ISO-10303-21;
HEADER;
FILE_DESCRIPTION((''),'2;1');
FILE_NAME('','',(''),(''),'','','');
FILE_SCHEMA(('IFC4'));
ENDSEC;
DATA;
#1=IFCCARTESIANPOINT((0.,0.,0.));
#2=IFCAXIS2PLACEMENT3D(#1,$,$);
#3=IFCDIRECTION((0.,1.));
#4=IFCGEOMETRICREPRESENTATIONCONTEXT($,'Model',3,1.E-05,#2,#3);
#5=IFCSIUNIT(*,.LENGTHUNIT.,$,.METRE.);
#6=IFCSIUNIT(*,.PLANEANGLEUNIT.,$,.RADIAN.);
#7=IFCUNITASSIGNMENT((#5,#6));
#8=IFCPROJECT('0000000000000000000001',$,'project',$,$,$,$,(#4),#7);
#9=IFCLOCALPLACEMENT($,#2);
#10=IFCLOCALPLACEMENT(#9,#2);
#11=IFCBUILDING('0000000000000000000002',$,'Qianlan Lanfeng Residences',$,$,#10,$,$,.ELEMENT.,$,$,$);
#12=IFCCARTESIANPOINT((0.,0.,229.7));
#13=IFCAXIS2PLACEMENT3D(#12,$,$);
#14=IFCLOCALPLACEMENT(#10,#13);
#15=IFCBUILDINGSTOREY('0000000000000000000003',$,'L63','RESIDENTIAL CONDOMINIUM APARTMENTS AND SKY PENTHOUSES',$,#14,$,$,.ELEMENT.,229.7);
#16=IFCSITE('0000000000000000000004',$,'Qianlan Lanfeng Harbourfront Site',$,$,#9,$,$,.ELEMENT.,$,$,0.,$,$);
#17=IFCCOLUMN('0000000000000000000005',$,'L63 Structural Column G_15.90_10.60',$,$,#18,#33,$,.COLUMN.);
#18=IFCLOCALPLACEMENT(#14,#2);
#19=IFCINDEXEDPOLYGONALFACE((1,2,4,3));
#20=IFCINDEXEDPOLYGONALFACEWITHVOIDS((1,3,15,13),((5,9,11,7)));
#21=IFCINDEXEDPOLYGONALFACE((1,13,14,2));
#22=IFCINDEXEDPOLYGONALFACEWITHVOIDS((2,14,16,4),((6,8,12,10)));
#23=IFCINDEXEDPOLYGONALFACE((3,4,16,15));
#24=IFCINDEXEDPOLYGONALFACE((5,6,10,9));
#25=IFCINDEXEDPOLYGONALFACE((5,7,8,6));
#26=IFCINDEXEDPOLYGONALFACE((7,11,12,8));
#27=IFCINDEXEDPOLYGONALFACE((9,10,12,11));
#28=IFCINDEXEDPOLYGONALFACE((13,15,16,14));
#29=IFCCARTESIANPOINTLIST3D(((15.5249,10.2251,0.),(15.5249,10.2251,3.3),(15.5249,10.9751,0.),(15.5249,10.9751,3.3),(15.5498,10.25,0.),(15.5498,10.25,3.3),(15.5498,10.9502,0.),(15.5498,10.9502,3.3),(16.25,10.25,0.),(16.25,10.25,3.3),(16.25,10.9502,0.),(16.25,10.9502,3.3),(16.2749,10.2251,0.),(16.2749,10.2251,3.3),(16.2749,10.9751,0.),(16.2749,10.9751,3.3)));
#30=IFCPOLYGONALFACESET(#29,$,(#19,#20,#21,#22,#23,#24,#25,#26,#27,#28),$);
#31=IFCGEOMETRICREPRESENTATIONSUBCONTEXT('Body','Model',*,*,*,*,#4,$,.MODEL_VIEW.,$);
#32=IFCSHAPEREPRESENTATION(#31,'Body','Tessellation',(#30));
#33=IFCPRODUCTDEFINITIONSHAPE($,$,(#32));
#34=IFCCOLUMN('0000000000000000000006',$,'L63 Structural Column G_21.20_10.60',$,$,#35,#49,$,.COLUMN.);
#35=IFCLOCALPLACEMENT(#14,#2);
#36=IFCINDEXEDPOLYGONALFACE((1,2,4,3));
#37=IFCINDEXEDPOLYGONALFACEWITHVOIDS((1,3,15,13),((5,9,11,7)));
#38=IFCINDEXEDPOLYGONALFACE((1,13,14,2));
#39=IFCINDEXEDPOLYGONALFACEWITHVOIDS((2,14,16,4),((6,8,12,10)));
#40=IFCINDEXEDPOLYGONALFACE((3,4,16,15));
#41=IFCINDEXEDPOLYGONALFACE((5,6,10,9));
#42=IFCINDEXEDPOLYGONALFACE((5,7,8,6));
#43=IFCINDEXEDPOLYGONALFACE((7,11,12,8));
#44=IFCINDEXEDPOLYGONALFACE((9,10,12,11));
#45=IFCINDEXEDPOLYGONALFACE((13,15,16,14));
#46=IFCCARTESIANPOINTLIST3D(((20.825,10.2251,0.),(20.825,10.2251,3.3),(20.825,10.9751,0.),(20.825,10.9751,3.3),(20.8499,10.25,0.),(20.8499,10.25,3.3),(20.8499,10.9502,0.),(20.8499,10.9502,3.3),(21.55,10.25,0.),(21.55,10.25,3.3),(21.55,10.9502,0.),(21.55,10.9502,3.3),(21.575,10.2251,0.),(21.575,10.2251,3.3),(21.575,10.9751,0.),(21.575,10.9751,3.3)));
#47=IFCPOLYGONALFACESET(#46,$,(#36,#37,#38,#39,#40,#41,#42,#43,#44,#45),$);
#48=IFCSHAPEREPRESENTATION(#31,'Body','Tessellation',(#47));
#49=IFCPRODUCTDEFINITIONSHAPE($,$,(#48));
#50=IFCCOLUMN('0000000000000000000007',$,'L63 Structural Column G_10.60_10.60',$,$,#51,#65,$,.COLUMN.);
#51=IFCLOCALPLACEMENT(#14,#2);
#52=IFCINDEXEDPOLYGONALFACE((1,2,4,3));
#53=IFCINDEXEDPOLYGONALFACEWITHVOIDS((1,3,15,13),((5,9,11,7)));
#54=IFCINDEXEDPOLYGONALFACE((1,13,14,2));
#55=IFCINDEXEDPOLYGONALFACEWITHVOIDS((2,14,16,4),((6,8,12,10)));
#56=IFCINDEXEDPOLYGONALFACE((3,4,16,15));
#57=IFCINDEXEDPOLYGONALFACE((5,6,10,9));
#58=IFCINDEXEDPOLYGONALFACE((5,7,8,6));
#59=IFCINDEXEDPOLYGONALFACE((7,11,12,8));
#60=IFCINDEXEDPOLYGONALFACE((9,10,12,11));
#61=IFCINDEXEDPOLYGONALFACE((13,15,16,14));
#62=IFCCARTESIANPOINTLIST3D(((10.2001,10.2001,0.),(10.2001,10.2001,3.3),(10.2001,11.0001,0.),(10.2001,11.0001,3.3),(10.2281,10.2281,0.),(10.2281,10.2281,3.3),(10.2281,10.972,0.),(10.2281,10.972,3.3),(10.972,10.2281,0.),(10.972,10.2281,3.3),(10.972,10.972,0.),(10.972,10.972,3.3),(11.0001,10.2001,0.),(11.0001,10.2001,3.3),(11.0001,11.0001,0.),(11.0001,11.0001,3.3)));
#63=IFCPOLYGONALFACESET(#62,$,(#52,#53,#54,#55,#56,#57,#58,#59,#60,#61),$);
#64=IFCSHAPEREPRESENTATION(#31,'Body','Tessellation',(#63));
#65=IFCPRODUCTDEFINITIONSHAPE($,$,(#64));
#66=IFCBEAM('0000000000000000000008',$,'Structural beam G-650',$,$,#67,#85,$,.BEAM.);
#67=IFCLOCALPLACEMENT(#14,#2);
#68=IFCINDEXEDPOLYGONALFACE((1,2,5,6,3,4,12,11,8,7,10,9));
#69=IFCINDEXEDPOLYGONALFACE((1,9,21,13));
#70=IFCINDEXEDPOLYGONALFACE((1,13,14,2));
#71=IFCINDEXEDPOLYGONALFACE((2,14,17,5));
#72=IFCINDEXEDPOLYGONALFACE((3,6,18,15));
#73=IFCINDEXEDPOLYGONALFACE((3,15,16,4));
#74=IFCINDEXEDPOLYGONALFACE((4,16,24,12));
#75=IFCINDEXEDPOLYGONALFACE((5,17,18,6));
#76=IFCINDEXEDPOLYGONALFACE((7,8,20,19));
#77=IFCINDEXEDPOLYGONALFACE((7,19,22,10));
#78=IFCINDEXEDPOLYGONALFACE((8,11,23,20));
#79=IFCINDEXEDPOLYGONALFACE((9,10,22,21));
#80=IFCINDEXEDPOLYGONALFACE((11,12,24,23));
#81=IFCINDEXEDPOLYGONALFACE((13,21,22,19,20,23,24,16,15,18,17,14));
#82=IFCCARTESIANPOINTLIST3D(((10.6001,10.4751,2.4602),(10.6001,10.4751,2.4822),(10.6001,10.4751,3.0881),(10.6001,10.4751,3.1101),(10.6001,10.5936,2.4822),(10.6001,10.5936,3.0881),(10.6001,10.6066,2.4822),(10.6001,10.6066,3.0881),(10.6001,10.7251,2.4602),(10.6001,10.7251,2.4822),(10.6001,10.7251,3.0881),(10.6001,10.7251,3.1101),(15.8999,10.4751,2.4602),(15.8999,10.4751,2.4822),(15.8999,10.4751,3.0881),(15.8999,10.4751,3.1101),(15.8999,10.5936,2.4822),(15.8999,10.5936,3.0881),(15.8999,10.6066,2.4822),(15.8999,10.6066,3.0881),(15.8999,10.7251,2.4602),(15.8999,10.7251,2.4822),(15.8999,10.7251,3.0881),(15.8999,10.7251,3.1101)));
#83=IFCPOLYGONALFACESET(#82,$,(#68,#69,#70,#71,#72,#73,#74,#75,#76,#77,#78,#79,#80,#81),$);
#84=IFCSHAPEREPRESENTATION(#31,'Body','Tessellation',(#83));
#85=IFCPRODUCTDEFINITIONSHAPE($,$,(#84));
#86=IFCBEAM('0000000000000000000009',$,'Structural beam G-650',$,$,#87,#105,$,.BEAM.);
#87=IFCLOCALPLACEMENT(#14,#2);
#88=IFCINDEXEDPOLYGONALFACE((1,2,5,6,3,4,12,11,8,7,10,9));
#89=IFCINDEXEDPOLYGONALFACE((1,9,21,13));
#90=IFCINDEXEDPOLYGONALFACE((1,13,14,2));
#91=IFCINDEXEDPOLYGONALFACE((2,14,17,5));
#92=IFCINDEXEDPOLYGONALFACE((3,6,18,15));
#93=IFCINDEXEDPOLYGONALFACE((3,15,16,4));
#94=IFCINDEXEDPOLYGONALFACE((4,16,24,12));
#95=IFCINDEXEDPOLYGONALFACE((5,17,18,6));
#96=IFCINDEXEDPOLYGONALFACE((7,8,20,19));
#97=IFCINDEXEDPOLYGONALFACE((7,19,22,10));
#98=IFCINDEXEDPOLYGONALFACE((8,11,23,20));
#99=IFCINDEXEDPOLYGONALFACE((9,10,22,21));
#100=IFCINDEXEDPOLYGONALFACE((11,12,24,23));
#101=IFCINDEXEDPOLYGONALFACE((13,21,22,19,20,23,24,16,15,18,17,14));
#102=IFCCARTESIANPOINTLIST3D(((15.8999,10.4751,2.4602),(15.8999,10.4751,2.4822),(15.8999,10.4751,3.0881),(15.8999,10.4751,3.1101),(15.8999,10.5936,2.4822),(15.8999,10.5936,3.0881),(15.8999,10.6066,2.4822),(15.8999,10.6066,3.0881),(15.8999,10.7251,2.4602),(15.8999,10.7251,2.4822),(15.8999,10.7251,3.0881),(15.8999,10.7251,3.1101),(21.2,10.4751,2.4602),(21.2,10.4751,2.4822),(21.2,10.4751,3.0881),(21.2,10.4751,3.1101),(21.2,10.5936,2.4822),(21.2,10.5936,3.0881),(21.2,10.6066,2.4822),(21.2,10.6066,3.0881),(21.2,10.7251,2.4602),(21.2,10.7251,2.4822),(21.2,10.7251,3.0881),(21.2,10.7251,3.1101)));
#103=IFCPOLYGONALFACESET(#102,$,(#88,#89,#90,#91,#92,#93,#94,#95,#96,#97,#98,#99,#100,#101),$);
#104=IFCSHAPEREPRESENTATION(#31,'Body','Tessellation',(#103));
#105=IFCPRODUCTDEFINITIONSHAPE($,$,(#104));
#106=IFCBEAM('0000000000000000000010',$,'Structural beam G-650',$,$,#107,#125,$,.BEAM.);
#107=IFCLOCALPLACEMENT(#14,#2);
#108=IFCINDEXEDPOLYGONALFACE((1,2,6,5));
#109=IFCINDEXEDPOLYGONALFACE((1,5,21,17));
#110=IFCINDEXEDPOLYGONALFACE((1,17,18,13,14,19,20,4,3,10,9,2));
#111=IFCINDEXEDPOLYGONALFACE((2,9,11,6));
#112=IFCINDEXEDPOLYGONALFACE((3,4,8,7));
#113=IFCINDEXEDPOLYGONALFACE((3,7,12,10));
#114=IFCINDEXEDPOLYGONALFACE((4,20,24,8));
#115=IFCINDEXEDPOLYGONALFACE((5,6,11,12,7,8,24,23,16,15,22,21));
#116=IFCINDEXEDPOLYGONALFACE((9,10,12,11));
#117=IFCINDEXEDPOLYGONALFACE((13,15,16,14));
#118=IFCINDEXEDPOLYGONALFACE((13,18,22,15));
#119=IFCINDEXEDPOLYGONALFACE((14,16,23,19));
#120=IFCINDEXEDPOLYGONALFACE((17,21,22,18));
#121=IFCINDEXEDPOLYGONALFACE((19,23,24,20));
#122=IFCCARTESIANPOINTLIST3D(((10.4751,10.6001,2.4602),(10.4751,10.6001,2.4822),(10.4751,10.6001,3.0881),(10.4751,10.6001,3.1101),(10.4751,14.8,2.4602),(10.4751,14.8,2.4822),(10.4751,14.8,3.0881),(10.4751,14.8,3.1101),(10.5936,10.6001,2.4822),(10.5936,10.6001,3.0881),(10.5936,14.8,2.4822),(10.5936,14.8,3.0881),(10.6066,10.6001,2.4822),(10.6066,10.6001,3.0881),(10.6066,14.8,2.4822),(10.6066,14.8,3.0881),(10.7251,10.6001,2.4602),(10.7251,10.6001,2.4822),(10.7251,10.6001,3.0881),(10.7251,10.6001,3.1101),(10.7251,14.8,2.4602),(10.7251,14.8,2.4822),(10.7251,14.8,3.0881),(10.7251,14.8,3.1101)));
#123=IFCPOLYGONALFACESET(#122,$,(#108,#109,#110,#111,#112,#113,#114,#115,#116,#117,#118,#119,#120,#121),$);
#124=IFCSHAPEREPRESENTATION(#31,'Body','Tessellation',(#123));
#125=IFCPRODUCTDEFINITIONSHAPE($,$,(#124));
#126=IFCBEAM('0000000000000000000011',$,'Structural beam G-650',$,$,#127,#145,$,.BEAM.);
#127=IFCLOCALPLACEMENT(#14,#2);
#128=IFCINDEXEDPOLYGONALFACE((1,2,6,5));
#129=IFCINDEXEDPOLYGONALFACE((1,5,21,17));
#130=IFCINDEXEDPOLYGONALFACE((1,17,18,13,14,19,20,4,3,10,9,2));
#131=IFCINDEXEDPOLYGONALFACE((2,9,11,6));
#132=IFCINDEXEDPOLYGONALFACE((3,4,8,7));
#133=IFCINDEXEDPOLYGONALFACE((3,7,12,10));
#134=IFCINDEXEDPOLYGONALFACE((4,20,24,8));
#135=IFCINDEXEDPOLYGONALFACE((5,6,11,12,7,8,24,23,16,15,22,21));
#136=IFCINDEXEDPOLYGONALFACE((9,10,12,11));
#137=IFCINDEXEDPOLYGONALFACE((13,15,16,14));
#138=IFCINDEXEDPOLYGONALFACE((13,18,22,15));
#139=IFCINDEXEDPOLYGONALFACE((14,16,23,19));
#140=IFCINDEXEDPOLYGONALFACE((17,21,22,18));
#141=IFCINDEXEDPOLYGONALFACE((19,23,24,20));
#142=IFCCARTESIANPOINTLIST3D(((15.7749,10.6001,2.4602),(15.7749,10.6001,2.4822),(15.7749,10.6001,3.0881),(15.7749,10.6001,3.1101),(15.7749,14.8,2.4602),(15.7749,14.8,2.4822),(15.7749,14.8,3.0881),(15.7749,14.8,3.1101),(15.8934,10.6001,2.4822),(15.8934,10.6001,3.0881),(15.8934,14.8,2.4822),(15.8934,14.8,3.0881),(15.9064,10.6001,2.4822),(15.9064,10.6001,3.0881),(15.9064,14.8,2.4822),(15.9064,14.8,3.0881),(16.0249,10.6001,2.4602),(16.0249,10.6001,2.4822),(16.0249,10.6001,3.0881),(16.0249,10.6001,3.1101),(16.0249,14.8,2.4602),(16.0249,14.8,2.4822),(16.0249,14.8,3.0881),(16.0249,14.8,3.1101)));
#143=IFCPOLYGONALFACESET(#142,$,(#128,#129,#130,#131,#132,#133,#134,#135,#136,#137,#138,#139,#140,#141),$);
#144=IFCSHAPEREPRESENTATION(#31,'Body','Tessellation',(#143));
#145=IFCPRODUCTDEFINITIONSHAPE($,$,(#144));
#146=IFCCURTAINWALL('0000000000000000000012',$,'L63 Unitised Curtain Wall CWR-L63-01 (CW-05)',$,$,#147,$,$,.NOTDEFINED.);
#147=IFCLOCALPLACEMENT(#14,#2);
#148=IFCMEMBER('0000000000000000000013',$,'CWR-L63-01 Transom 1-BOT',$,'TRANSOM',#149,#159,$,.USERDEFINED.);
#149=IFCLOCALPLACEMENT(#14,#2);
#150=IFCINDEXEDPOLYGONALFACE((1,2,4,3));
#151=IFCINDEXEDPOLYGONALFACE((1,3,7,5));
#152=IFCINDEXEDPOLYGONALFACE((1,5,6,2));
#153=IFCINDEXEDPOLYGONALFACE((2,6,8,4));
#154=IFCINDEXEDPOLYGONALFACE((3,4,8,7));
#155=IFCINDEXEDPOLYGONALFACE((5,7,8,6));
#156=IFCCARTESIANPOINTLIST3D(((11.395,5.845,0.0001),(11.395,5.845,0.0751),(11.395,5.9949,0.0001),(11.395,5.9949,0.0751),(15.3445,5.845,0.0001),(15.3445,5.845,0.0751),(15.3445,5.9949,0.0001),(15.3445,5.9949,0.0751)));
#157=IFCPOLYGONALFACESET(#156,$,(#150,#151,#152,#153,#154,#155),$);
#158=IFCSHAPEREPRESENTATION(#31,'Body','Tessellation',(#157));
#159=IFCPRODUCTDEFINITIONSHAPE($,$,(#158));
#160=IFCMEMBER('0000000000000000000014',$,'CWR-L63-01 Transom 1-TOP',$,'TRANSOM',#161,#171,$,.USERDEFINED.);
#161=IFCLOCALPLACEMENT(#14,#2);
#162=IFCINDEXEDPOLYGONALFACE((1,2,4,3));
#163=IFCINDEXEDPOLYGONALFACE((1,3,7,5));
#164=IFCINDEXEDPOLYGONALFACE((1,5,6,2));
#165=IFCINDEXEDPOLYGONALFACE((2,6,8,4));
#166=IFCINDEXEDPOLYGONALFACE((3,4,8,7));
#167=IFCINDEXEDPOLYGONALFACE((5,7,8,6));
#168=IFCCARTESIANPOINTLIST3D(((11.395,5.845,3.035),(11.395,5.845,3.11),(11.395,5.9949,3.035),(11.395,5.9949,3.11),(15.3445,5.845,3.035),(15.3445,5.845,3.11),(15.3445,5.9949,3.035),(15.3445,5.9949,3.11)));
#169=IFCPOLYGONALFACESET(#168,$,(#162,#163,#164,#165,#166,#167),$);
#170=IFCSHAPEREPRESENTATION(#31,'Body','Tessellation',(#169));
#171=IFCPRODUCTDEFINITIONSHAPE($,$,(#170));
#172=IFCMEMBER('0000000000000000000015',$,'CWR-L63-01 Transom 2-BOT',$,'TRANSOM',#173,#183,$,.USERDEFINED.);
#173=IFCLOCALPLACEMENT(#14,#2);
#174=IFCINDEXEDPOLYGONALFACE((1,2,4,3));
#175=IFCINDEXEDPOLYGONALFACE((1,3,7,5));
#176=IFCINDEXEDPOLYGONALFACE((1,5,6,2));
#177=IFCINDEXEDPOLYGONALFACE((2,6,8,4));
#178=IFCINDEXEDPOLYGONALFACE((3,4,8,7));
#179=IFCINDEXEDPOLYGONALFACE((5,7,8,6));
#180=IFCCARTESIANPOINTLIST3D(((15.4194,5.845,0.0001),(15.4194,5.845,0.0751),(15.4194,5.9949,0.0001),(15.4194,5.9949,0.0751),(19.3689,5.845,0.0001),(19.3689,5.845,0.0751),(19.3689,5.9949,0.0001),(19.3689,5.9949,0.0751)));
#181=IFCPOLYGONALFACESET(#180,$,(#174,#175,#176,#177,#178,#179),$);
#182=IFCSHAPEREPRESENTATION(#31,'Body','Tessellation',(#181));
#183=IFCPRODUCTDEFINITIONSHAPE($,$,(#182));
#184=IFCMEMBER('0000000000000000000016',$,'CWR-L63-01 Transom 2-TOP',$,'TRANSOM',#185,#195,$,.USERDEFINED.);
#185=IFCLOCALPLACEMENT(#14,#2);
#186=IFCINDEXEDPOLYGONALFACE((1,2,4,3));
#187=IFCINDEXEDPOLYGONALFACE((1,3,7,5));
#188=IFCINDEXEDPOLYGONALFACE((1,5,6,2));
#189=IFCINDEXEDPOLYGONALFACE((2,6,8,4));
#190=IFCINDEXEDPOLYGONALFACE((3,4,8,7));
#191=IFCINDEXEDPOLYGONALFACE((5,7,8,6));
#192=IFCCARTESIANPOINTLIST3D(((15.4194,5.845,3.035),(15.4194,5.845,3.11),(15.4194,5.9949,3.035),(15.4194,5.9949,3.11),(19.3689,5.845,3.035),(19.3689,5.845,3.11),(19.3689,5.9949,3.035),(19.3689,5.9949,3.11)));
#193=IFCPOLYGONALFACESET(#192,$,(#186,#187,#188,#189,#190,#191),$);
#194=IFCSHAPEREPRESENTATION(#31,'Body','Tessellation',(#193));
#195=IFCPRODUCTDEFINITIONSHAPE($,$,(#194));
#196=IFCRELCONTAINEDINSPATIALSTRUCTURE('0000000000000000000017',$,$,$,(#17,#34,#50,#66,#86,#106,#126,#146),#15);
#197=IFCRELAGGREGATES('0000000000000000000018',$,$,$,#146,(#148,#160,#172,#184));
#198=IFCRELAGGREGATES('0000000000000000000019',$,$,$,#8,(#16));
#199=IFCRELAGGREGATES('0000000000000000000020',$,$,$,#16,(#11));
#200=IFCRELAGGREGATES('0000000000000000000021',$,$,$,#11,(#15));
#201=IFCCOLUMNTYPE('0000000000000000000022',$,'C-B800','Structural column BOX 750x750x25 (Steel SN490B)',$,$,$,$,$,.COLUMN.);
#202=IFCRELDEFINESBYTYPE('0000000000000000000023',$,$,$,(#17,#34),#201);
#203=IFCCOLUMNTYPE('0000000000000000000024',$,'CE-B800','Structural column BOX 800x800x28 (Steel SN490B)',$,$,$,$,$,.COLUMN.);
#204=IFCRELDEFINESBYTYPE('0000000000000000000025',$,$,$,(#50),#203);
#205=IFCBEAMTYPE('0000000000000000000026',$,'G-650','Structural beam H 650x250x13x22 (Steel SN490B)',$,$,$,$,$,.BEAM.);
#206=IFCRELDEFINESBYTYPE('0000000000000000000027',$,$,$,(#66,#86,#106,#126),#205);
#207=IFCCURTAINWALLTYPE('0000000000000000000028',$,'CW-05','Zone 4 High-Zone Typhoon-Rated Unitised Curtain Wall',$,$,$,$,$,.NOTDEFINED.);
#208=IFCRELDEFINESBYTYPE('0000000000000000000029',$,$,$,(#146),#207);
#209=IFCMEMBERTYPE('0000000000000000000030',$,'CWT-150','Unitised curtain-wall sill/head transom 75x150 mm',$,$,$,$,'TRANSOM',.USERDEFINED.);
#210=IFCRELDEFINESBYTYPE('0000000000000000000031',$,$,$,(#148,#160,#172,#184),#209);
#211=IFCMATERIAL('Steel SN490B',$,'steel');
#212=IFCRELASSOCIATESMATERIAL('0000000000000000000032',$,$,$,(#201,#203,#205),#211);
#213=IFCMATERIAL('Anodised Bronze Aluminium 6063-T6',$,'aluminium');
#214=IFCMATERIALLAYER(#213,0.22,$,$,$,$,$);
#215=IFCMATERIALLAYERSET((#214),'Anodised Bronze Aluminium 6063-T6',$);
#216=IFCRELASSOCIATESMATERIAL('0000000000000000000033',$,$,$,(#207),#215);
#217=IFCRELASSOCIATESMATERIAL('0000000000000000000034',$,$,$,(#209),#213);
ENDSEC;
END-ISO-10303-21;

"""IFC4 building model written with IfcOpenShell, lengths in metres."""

from ifc_helpers import new_model, si_unit, direction, frame, origin, origin_2d, place, context, subcontext, project, spatial, rectangle, hollow_rectangle, i_section, extrude, source, transform, mapped, material, layer, layer_set, material_profile, profile_set, type_object, element, aggregate, save


model = new_model("IFC4")

# Units and contexts
model_context = context("Model", 3, precision=1e-05, world=origin(), true_north=direction((0.0, 1.0)))
body_context = subcontext(model_context, "Body", "Model", "MODEL_VIEW")
ifc_project = project(units=[si_unit("LENGTHUNIT", "METRE"), si_unit("PLANEANGLEUNIT", "RADIAN")], contexts=[model_context])

# Site, building, storey
site_placement = place(None, origin())
site = spatial("IfcSite", under=ifc_project, at=site_placement, Name="Qianlan Lanfeng Harbourfront Site", CompositionType="ELEMENT", RefElevation=0.0)
building_placement = place(site_placement, origin())
building = spatial("IfcBuilding", under=site, at=building_placement, Name="Qianlan Lanfeng Residences", CompositionType="ELEMENT")
storey_placement = place(building_placement, frame((0.0, 0.0, 229.7)))
storey = spatial("IfcBuildingStorey", under=building, at=storey_placement, Name="L63", Description="RESIDENTIAL CONDOMINIUM APARTMENTS AND SKY PENTHOUSES", CompositionType="ELEMENT", Elevation=229.7)

# Columns
ifc_material_1 = material(Name="Steel SN490B", Category="steel")
ifc_material_profile_1 = material_profile(ifc_material_1, hollow_rectangle(XDim=0.75, YDim=0.75, WallThickness=0.0249, at=origin_2d()), Name="BOX 750x750x25")
ifc_profile_set_1 = profile_set([ifc_material_profile_1], Name="Steel SN490B")
column_type_1 = type_object("IfcColumnType", Name="C-B800", Description="Structural column BOX 750x750x25 (Steel SN490B)", PredefinedType="COLUMN", material=ifc_profile_set_1)
for number, where, z_axis, x_axis, name in (
    (1, (15.8999, 10.6001, 0.0), (0.0, 0.0, 1.0), (1.0, 0.0, 0.0), "L63 Structural Column G_15.90_10.60"),
    (2, (21.2, 10.6001, 0.0), (0.0, 0.0, 1.0), (1.0, 0.0, 0.0), "L63 Structural Column G_21.20_10.60"),
):
    element("IfcColumn", number, at=place(storey_placement, frame(where, z_axis=z_axis, x_axis=x_axis)), inside=storey, type_object=column_type_1, Name=name, PredefinedType="COLUMN", context=body_context, shape_type="SweptSolid", body=[
        extrude(hollow_rectangle(XDim=0.75, YDim=0.75, WallThickness=0.0249, at=origin_2d()), origin(), (0.0, 0.0, 1.0), 3.3),
    ])
ifc_material_profile_2 = material_profile(ifc_material_1, hollow_rectangle(XDim=0.8, YDim=0.8, WallThickness=0.0281, at=origin_2d()), Name="BOX 800x800x28")
ifc_profile_set_2 = profile_set([ifc_material_profile_2], Name="Steel SN490B")
column_type_2 = type_object("IfcColumnType", Name="CE-B800", Description="Structural column BOX 800x800x28 (Steel SN490B)", PredefinedType="COLUMN", material=ifc_profile_set_2)
column_placement = place(storey_placement, frame((10.6001, 10.6001, 0.0), z_axis=(0.0, 0.0, 1.0), x_axis=(1.0, 0.0, 0.0)))
element("IfcColumn", 3, at=column_placement, inside=storey, type_object=column_type_2, Name="L63 Structural Column G_10.60_10.60", PredefinedType="COLUMN", context=body_context, shape_type="SweptSolid", body=[
    extrude(hollow_rectangle(XDim=0.8, YDim=0.8, WallThickness=0.0281, at=origin_2d()), origin(), (0.0, 0.0, 1.0), 3.3),
])

# Beams
ifc_material_profile_3 = material_profile(ifc_material_1, i_section(OverallWidth=0.25, OverallDepth=0.6499, WebThickness=0.0129, FlangeThickness=0.022, at=origin_2d()), Name="H 650x250x13x22")
ifc_profile_set_3 = profile_set([ifc_material_profile_3], Name="Steel SN490B")
beam_type = type_object("IfcBeamType", Name="G-650", Description="Structural beam H 650x250x13x22 (Steel SN490B)", PredefinedType="BEAM", material=ifc_profile_set_3)
beam_1_placement = place(storey_placement, frame((10.6001, 10.6001, 2.7852), z_axis=(1.0, 0.0, 0.0), x_axis=(0.0, 1.0, 0.0)))
element("IfcBeam", 4, at=beam_1_placement, inside=storey, type_object=beam_type, Name="Structural beam G-650", PredefinedType="BEAM", context=body_context, shape_type="SweptSolid", body=[
    extrude(i_section(OverallWidth=0.25, OverallDepth=0.6499, WebThickness=0.0129, FlangeThickness=0.022, at=origin_2d()), origin(), (0.0, 0.0, 1.0), 5.2998),
])
beam_2_placement = place(storey_placement, frame((15.8999, 10.6001, 2.7852), z_axis=(1.0, 0.0, 0.0), x_axis=(0.0, 1.0, 0.0)))
element("IfcBeam", 5, at=beam_2_placement, inside=storey, type_object=beam_type, Name="Structural beam G-650", PredefinedType="BEAM", context=body_context, shape_type="SweptSolid", body=[
    extrude(i_section(OverallWidth=0.25, OverallDepth=0.6499, WebThickness=0.0129, FlangeThickness=0.022, at=origin_2d()), origin(), (0.0, 0.0, 1.0), 5.3),
])
for number, where, z_axis, x_axis, name in (
    (6, (10.6001, 10.6001, 2.7852), (0.0, 1.0, 0.0), (-1.0, 0.0, 0.0), "Structural beam G-650"),
    (7, (15.8999, 10.6001, 2.7852), (0.0, 1.0, 0.0), (-1.0, 0.0, 0.0), "Structural beam G-650"),
):
    element("IfcBeam", number, at=place(storey_placement, frame(where, z_axis=z_axis, x_axis=x_axis)), inside=storey, type_object=beam_type, Name=name, PredefinedType="BEAM", context=body_context, shape_type="SweptSolid", body=[
        extrude(i_section(OverallWidth=0.25, OverallDepth=0.6499, WebThickness=0.0129, FlangeThickness=0.022, at=origin_2d()), origin(), (0.0, 0.0, 1.0), 4.2),
    ])

# Curtain wall, members
ifc_material_2 = material(Name="Anodised Bronze Aluminium 6063-T6", Category="aluminium")
ifc_layer_1 = layer(ifc_material_2, 0.22)
ifc_layer_set_1 = layer_set([ifc_layer_1], Name="Anodised Bronze Aluminium 6063-T6")
curtain_wall_type = type_object("IfcCurtainWallType", Name="CW-05", Description="Zone 4 High-Zone Typhoon-Rated Unitised Curtain Wall", PredefinedType="NOTDEFINED", material=ifc_layer_set_1)
curtain_wall_1_placement = place(storey_placement, origin())
curtain_wall_1 = element("IfcCurtainWall", 8, at=curtain_wall_1_placement, inside=storey, type_object=curtain_wall_type, Name="L63 Unitised Curtain Wall CWR-L63-01 (CW-05)", PredefinedType="NOTDEFINED")
ifc_material_profile_4 = material_profile(ifc_material_2, rectangle(XDim=0.075, YDim=0.1499, at=origin_2d()), Name="ALU TRANSOM 75x150")
ifc_profile_set_4 = profile_set([ifc_material_profile_4], Name="Anodised Bronze Aluminium 6063-T6")
member_type_1 = type_object("IfcMemberType", Name="CWT-150", Description="Unitised curtain-wall sill/head transom 75x150 mm", ElementType="TRANSOM", PredefinedType="USERDEFINED", material=ifc_profile_set_4)
shared_shape_1 = source(origin(), body_context, "Body", "SweptSolid", [
    extrude(rectangle(XDim=0.075, YDim=0.1499, at=origin_2d()), origin(), (0.0, 0.0, 1.0), 3.9495),
])
member_1_placement = place(storey_placement, frame((11.395, 5.9199, 0.0376), z_axis=(1.0, 0.0, 0.0), x_axis=(0.0, 0.0, 1.0)))
member_1 = element("IfcMember", 9, at=member_1_placement, type_object=member_type_1, Name="CWR-L63-01 Transom 1-BOT", ObjectType="TRANSOM", PredefinedType="USERDEFINED", context=body_context, shape_type="MappedRepresentation", body=[
    mapped(shared_shape_1, transform((0.0, 0.0, 0.0), scale=1.0)),
])
member_2_placement = place(storey_placement, frame((11.395, 5.9199, 3.0725), z_axis=(1.0, 0.0, 0.0), x_axis=(0.0, 0.0, 1.0)))
member_2 = element("IfcMember", 10, at=member_2_placement, type_object=member_type_1, Name="CWR-L63-01 Transom 1-TOP", ObjectType="TRANSOM", PredefinedType="USERDEFINED", context=body_context, shape_type="MappedRepresentation", body=[
    mapped(shared_shape_1, transform((0.0, 0.0, 0.0), scale=1.0)),
])
member_3_placement = place(storey_placement, frame((15.4194, 5.9199, 0.0376), z_axis=(1.0, 0.0, 0.0), x_axis=(0.0, 0.0, 1.0)))
member_3 = element("IfcMember", 11, at=member_3_placement, type_object=member_type_1, Name="CWR-L63-01 Transom 2-BOT", ObjectType="TRANSOM", PredefinedType="USERDEFINED", context=body_context, shape_type="MappedRepresentation", body=[
    mapped(shared_shape_1, transform((0.0, 0.0, 0.0), scale=1.0)),
])
member_4_placement = place(storey_placement, frame((15.4194, 5.9199, 3.0725), z_axis=(1.0, 0.0, 0.0), x_axis=(0.0, 0.0, 1.0)))
member_4 = element("IfcMember", 12, at=member_4_placement, type_object=member_type_1, Name="CWR-L63-01 Transom 2-TOP", ObjectType="TRANSOM", PredefinedType="USERDEFINED", context=body_context, shape_type="MappedRepresentation", body=[
    mapped(shared_shape_1, transform((0.0, 0.0, 0.0), scale=1.0)),
])

aggregate(curtain_wall_1, [member_1, member_2, member_3, member_4])

save(model, "model.ifc")
